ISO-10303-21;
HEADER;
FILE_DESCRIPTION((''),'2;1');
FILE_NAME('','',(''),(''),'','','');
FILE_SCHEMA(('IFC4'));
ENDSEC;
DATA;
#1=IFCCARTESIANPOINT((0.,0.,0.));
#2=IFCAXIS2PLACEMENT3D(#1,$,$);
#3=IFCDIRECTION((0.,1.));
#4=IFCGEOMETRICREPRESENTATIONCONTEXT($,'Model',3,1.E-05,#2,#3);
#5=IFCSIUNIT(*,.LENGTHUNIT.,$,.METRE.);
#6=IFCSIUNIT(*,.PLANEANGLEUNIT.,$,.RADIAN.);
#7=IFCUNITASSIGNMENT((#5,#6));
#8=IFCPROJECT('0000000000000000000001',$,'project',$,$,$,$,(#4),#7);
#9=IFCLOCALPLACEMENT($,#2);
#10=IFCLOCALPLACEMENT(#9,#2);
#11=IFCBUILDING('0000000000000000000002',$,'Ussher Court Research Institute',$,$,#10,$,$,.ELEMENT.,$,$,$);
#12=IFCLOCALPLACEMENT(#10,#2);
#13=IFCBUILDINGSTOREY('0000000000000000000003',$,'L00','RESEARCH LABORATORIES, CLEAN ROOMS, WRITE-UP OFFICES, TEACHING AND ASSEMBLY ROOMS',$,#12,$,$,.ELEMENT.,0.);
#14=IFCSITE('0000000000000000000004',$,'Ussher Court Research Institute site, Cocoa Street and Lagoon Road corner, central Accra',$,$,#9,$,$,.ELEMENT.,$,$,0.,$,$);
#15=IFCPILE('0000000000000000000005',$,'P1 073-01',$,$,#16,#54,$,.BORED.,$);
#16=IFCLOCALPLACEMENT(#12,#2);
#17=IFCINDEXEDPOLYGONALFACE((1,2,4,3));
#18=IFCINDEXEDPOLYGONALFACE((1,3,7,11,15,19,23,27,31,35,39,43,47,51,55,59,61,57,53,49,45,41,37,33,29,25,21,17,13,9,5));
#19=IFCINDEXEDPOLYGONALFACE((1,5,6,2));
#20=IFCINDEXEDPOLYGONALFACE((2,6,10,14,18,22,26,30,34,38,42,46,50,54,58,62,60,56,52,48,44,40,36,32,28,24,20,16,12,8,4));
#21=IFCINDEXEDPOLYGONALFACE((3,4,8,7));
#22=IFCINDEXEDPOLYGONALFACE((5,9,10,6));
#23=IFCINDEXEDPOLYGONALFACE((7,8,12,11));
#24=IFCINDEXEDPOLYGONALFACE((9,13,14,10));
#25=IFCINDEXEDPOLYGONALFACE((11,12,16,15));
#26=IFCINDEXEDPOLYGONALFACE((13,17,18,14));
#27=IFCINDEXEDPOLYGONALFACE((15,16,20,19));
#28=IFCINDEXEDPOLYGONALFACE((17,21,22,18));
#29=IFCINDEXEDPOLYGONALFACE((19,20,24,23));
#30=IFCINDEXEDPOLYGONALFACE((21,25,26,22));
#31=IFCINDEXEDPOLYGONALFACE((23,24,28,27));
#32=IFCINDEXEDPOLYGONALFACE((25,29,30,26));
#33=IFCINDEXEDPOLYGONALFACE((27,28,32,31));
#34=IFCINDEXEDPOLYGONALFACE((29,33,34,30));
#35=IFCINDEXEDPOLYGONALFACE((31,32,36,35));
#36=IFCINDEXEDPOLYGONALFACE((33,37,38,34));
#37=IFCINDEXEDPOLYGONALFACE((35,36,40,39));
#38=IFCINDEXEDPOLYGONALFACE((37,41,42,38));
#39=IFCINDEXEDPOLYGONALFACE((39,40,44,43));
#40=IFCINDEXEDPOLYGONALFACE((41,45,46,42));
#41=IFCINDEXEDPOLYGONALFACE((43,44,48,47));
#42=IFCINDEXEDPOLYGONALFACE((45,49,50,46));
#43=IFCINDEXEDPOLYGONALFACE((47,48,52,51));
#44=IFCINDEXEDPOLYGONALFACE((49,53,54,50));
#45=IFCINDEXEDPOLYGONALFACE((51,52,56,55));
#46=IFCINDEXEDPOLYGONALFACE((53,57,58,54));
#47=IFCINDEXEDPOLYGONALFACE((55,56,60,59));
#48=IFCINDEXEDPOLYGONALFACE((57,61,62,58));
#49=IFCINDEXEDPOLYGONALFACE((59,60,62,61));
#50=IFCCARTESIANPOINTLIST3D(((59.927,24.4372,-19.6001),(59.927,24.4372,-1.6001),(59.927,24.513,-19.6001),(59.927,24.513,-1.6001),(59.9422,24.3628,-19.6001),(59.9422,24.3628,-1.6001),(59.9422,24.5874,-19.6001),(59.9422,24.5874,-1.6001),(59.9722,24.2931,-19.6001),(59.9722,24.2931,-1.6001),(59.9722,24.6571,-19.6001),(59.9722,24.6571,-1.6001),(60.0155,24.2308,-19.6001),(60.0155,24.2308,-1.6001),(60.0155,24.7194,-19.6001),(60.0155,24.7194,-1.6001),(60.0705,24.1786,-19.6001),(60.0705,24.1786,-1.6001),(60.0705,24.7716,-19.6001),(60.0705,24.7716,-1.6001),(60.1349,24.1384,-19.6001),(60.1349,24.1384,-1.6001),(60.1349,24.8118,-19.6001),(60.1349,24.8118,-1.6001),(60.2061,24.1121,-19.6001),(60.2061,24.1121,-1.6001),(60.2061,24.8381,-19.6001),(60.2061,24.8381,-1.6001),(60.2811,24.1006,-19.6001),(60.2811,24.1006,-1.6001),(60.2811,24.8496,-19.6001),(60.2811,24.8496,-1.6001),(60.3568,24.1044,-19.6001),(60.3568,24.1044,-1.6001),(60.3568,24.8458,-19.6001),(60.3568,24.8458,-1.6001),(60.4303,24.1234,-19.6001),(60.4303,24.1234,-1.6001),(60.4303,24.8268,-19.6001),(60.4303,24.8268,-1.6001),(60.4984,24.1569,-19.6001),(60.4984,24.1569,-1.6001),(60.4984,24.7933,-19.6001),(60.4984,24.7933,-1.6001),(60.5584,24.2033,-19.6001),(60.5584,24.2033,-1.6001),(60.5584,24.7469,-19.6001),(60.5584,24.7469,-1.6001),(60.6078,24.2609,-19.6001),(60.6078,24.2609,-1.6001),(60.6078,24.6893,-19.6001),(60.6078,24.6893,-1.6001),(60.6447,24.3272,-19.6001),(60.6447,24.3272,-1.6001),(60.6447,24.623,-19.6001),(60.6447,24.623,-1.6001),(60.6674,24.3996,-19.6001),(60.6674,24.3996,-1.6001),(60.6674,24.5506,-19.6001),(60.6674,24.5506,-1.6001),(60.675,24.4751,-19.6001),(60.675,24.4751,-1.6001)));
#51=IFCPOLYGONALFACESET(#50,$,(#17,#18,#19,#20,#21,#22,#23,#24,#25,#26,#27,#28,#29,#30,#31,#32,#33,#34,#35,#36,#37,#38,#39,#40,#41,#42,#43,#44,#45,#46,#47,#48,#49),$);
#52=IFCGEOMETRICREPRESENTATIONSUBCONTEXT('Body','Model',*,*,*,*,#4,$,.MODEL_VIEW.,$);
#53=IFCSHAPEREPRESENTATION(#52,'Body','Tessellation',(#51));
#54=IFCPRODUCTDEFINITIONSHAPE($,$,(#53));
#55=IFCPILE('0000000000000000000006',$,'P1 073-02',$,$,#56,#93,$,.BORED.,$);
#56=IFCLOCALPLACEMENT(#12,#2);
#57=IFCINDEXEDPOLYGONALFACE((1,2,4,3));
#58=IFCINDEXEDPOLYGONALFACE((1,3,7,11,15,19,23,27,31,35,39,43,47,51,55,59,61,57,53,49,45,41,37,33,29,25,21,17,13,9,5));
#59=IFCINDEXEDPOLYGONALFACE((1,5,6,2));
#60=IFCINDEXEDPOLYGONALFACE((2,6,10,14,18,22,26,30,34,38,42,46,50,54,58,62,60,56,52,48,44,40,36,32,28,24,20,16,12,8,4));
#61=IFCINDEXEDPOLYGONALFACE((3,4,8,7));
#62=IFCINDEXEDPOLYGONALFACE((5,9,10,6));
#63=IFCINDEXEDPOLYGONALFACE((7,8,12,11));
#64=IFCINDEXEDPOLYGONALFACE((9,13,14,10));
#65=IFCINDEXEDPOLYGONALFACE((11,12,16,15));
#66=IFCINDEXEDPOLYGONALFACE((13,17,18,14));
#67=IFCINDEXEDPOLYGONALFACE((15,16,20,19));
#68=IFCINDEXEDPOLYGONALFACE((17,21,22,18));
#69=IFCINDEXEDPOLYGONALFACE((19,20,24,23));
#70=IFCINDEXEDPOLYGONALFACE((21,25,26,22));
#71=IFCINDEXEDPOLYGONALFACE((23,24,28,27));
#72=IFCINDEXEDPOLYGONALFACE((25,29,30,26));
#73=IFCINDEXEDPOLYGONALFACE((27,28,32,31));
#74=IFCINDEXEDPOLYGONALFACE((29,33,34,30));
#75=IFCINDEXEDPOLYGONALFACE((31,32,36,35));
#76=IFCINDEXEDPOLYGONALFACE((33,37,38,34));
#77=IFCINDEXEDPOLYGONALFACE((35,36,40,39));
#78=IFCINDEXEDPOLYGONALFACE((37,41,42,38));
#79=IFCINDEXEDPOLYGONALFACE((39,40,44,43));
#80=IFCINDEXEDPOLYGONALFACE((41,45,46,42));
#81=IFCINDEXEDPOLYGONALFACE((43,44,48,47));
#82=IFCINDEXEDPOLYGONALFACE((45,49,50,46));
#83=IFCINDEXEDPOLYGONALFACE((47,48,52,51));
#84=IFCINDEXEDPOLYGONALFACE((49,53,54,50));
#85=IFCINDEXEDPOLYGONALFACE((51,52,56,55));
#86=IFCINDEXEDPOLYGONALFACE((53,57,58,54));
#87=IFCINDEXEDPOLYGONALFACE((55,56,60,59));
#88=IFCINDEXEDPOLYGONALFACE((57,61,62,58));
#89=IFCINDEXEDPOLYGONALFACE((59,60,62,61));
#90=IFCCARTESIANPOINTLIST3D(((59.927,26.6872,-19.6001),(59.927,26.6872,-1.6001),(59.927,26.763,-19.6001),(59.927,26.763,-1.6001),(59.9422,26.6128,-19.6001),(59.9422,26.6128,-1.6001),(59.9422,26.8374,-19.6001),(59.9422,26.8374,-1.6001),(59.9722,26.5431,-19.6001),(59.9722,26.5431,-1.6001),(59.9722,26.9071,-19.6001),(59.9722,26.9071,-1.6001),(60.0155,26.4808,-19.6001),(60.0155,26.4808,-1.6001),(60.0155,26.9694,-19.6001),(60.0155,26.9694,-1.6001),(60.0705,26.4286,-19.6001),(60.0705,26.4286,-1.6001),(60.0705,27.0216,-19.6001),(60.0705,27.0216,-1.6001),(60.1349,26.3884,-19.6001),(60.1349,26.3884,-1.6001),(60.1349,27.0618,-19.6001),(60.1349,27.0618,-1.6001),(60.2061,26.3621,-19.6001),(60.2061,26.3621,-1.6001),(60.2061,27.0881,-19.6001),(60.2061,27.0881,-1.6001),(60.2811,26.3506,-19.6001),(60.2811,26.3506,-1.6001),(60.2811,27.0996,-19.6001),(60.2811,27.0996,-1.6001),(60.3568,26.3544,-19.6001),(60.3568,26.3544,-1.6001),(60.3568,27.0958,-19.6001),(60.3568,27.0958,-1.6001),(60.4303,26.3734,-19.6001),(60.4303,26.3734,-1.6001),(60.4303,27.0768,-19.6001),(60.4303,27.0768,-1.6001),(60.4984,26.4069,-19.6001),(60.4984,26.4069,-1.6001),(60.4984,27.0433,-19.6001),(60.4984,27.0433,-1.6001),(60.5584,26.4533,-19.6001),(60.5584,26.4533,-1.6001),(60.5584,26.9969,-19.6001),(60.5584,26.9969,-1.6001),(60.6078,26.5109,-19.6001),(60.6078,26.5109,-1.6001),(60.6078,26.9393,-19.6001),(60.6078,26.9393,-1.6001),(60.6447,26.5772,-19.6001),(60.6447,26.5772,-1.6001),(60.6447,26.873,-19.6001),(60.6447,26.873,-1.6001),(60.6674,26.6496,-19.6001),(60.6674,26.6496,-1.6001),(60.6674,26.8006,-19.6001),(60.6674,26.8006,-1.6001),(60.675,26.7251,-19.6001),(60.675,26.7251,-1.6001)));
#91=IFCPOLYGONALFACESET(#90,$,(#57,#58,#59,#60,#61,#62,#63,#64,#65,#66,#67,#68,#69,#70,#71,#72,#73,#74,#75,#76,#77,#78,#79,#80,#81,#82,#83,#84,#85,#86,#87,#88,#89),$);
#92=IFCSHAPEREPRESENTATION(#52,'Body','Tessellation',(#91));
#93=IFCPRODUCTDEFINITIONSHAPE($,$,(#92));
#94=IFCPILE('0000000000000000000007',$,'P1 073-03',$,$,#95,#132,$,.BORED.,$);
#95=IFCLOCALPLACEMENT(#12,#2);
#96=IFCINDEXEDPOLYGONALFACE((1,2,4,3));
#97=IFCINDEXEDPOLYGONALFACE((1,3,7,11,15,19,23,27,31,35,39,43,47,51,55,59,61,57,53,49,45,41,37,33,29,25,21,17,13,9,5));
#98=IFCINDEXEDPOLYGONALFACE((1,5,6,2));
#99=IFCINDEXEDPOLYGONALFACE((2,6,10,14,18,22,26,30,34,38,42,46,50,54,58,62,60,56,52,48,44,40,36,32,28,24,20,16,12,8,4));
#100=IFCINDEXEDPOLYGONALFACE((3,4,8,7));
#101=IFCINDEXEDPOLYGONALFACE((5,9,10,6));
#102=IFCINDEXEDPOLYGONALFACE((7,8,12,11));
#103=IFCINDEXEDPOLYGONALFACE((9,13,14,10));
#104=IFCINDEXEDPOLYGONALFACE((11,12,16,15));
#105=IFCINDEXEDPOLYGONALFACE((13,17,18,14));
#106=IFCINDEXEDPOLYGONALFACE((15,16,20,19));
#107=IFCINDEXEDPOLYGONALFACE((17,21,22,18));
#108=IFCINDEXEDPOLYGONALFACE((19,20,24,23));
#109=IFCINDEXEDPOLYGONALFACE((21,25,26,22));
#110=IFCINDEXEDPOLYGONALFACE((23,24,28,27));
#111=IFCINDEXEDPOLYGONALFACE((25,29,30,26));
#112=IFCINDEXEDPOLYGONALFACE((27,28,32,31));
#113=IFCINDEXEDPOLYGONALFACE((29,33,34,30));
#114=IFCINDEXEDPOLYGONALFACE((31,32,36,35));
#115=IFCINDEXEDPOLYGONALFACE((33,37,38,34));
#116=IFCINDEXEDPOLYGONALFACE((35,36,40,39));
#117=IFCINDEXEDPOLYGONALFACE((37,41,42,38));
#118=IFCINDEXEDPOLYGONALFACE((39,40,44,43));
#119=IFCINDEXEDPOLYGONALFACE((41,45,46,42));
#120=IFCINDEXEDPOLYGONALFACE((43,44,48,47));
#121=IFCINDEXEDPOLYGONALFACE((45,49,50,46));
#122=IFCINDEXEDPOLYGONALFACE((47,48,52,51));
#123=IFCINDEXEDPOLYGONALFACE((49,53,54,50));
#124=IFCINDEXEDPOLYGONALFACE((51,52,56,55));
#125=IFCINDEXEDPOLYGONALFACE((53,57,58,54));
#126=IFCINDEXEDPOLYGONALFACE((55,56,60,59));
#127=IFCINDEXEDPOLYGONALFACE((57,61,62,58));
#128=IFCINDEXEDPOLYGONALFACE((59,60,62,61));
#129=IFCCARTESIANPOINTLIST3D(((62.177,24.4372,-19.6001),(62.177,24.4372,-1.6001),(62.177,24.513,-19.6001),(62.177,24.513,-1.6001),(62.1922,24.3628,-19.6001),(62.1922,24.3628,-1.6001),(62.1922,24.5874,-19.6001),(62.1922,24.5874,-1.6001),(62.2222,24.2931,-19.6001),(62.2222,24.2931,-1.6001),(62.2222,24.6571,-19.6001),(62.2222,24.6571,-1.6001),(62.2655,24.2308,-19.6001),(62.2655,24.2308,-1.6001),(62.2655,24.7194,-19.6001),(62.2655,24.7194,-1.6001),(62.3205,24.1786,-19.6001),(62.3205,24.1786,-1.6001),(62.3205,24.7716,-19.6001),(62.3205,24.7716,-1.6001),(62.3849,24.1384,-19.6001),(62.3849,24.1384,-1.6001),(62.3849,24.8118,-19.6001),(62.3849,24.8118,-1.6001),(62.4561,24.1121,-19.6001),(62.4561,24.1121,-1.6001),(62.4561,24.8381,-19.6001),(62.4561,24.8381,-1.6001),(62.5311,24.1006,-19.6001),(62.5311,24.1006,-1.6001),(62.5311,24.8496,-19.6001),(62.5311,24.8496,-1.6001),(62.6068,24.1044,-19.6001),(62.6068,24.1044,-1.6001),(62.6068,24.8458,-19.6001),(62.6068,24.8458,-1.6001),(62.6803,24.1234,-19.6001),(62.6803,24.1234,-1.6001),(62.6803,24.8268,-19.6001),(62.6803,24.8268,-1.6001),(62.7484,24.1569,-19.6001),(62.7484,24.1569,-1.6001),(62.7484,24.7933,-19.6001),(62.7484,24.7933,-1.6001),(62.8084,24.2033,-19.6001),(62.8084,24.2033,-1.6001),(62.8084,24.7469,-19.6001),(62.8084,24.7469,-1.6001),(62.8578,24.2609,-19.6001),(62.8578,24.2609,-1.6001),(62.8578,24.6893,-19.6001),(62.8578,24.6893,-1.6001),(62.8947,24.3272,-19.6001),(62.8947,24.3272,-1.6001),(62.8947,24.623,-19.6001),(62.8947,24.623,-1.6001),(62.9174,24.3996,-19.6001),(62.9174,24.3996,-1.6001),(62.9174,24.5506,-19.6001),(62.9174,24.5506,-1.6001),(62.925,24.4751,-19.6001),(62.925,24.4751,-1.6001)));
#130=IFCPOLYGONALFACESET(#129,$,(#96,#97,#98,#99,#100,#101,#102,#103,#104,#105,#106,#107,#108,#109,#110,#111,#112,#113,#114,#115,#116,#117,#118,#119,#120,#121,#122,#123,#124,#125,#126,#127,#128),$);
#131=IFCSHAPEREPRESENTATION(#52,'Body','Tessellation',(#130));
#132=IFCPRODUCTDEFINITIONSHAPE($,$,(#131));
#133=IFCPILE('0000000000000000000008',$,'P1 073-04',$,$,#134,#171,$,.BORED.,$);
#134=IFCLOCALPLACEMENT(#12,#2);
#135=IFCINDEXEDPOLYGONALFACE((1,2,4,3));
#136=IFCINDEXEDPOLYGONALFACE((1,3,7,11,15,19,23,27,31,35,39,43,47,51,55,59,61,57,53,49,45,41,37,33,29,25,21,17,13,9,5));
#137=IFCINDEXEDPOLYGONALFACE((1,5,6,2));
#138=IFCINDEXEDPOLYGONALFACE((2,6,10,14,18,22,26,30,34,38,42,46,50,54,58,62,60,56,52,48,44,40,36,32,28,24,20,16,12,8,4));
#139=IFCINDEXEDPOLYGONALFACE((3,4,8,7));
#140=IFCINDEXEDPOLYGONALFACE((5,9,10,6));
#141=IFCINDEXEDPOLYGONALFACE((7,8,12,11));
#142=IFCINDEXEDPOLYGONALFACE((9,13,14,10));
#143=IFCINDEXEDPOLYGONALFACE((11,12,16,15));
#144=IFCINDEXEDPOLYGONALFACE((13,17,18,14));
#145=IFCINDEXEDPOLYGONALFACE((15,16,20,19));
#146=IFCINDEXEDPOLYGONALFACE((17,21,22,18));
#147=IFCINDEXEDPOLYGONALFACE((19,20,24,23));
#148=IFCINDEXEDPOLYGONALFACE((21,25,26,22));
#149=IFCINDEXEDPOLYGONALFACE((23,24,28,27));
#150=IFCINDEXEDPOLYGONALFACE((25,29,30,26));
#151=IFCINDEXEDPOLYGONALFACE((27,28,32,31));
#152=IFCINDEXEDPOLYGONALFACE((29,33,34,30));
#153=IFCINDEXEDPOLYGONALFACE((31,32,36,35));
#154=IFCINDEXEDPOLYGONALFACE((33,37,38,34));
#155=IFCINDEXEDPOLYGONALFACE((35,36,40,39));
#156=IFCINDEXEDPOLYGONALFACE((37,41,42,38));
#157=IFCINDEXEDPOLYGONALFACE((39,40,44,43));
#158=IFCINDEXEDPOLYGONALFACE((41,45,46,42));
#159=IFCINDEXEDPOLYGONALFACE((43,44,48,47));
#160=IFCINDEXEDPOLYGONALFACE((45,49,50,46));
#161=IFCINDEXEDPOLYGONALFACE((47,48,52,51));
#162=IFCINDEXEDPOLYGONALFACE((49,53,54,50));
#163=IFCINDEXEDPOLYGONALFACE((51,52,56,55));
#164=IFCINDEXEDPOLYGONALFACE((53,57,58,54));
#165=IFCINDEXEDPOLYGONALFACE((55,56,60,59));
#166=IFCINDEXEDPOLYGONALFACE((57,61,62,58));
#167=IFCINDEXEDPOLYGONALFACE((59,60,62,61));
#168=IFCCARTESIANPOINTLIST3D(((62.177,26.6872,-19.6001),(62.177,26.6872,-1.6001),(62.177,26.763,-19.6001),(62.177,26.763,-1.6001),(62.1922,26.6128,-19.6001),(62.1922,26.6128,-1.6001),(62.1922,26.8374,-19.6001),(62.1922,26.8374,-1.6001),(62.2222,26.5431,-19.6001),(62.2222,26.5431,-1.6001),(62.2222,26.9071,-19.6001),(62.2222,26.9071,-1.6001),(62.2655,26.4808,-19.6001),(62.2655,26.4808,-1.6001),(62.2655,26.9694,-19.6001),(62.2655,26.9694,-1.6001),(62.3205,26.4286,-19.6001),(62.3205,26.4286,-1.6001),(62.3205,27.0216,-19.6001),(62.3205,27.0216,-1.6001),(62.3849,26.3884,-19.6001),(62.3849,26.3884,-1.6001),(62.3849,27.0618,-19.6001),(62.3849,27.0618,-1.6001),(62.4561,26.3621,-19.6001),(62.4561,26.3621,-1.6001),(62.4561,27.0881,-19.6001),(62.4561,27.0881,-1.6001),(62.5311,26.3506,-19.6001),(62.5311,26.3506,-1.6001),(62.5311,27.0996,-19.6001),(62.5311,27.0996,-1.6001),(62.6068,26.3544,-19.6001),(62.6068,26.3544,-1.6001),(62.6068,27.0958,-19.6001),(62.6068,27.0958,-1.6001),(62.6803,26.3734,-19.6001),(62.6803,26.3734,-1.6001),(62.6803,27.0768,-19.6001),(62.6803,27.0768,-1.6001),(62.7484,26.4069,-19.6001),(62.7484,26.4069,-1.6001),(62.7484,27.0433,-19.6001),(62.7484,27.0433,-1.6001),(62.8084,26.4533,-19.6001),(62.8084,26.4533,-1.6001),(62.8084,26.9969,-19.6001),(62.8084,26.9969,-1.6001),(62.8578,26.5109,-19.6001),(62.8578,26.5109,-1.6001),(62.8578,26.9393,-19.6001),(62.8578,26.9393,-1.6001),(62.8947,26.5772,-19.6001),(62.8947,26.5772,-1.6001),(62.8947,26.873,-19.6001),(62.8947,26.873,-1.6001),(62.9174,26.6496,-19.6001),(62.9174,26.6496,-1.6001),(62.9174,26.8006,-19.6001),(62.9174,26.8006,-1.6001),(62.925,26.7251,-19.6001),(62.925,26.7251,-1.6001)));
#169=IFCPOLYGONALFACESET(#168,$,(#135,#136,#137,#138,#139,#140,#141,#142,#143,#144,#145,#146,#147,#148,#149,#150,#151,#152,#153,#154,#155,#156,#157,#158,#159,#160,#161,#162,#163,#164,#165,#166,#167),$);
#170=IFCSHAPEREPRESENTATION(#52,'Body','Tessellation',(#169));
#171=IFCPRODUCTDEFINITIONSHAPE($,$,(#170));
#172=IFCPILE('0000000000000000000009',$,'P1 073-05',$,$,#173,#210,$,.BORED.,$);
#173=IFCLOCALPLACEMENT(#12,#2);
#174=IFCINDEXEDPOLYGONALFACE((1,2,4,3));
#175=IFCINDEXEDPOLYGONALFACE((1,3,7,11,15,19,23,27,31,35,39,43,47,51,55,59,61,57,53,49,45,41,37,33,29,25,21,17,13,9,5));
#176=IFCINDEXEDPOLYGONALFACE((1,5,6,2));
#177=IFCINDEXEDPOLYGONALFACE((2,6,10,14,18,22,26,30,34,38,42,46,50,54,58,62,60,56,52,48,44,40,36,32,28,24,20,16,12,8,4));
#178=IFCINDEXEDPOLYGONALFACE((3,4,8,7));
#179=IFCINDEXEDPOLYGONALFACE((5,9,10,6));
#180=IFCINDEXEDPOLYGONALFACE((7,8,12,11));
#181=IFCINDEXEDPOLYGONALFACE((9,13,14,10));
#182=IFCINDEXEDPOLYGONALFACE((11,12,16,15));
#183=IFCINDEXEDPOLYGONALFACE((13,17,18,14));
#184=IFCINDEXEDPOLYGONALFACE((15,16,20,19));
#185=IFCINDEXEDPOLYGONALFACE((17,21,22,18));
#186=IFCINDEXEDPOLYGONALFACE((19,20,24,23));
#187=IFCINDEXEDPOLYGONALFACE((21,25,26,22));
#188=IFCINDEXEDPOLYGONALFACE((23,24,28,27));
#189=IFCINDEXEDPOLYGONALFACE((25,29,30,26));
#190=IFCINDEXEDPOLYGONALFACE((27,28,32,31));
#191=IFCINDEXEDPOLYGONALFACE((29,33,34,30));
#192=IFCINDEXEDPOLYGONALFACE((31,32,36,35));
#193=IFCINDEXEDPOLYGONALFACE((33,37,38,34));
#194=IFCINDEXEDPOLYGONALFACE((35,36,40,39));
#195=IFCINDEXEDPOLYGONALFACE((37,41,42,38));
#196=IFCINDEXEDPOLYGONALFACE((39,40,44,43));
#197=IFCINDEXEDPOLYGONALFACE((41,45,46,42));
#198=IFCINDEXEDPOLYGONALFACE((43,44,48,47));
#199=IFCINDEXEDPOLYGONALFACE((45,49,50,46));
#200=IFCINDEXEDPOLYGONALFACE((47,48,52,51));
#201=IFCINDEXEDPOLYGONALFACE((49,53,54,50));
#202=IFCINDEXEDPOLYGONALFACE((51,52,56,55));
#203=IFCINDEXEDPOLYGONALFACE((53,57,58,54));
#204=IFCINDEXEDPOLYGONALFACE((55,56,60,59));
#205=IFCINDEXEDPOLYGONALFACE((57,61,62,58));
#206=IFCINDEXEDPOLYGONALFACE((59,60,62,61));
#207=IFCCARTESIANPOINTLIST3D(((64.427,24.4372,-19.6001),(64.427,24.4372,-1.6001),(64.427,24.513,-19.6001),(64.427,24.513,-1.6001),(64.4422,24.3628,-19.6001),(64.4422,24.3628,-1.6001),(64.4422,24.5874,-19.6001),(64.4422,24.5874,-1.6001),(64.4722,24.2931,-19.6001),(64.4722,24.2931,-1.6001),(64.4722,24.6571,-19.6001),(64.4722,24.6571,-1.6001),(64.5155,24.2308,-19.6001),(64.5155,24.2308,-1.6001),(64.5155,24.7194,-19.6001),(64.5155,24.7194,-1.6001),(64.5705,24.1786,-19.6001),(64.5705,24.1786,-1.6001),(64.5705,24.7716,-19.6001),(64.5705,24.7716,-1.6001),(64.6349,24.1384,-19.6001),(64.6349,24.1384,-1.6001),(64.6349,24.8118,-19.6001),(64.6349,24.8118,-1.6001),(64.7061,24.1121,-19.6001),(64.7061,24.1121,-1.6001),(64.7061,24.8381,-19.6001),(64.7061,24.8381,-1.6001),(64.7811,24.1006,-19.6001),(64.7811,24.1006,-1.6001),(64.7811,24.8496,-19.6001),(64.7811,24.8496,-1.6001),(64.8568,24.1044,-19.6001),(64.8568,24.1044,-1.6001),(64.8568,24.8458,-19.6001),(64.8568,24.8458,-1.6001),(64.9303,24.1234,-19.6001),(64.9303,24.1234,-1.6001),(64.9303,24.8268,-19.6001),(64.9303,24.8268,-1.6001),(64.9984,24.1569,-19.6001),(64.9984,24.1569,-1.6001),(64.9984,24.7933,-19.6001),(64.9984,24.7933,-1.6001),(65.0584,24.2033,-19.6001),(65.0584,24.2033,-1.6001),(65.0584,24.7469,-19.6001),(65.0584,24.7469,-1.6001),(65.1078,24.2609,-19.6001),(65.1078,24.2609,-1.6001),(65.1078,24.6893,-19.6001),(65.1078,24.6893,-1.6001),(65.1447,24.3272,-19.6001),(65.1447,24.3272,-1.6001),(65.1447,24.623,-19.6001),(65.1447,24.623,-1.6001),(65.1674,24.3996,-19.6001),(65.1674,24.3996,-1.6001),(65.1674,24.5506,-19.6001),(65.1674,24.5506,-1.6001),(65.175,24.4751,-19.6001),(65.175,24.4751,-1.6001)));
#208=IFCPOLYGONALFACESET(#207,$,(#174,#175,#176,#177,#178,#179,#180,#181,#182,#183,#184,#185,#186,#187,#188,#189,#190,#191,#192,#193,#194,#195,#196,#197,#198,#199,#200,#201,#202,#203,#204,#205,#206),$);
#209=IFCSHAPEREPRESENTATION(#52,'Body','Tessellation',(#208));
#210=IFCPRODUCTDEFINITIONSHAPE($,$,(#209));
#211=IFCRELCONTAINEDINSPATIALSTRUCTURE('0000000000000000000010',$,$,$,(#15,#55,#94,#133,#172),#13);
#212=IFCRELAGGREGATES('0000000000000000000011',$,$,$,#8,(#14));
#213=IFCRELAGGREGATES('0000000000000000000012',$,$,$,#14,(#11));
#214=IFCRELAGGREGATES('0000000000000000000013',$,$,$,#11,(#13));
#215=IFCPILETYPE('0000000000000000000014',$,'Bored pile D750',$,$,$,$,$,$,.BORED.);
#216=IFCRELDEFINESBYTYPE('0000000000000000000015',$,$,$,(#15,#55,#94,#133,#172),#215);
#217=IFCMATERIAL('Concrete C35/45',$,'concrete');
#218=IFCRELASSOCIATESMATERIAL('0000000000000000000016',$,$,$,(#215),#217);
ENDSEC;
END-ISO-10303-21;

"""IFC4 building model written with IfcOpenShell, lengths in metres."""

from ifc_helpers import new_model, si_unit, direction, frame, origin, origin_2d, place, context, subcontext, project, spatial, circle, extrude, material, material_profile, profile_set, type_object, element, save


model = new_model("IFC4")

# Units and contexts
model_context = context("Model", 3, precision=1e-05, world=origin(), true_north=direction((0.0, 1.0)))
body_context = subcontext(model_context, "Body", "Model", "MODEL_VIEW")
ifc_project = project(units=[si_unit("LENGTHUNIT", "METRE"), si_unit("PLANEANGLEUNIT", "RADIAN")], contexts=[model_context])

# Site, building, storey
site_placement = place(None, origin())
site = spatial("IfcSite", under=ifc_project, at=site_placement, Name="Ussher Court Research Institute site, Cocoa Street and Lagoon Road corner, central Accra", CompositionType="ELEMENT", RefElevation=0.0)
building_placement = place(site_placement, origin())
building = spatial("IfcBuilding", under=site, at=building_placement, Name="Ussher Court Research Institute", CompositionType="ELEMENT")
storey_placement = place(building_placement, origin())
storey = spatial("IfcBuildingStorey", under=building, at=storey_placement, Name="L00", Description="RESEARCH LABORATORIES, CLEAN ROOMS, WRITE-UP OFFICES, TEACHING AND ASSEMBLY ROOMS", CompositionType="ELEMENT", Elevation=0.0)

# Piles
ifc_material_1 = material(Name="Concrete C35/45", Category="concrete")
ifc_material_profile_1 = material_profile(ifc_material_1, circle(Radius=0.375, at=origin_2d()), Name="RC D750")
ifc_profile_set_1 = profile_set([ifc_material_profile_1], Name="Concrete C35/45")
pile_type = type_object("IfcPileType", Name="Bored pile D750", PredefinedType="BORED", material=ifc_profile_set_1)
for number, where, z_axis, x_axis, name in (
    (1, (60.3, 24.4751, -1.6001), (0.0, 0.0, -1.0), (1.0, 0.0, 0.0), "P1 073-01"),
    (2, (60.3, 26.7251, -1.6001), (0.0, 0.0, -1.0), (1.0, 0.0, 0.0), "P1 073-02"),
    (3, (62.55, 24.4751, -1.6001), (0.0, 0.0, -1.0), (1.0, 0.0, 0.0), "P1 073-03"),
    (4, (62.55, 26.7251, -1.6001), (0.0, 0.0, -1.0), (1.0, 0.0, 0.0), "P1 073-04"),
    (5, (64.8, 24.4751, -1.6001), (0.0, 0.0, -1.0), (1.0, 0.0, 0.0), "P1 073-05"),
):
    element("IfcPile", number, at=place(storey_placement, frame(where, z_axis=z_axis, x_axis=x_axis)), inside=storey, type_object=pile_type, Name=name, PredefinedType="BORED", context=body_context, shape_type="SweptSolid", body=[
        extrude(circle(Radius=0.375, at=origin_2d()), origin(), (0.0, 0.0, 1.0), 18.0),
    ])

save(model, "model.ifc")
